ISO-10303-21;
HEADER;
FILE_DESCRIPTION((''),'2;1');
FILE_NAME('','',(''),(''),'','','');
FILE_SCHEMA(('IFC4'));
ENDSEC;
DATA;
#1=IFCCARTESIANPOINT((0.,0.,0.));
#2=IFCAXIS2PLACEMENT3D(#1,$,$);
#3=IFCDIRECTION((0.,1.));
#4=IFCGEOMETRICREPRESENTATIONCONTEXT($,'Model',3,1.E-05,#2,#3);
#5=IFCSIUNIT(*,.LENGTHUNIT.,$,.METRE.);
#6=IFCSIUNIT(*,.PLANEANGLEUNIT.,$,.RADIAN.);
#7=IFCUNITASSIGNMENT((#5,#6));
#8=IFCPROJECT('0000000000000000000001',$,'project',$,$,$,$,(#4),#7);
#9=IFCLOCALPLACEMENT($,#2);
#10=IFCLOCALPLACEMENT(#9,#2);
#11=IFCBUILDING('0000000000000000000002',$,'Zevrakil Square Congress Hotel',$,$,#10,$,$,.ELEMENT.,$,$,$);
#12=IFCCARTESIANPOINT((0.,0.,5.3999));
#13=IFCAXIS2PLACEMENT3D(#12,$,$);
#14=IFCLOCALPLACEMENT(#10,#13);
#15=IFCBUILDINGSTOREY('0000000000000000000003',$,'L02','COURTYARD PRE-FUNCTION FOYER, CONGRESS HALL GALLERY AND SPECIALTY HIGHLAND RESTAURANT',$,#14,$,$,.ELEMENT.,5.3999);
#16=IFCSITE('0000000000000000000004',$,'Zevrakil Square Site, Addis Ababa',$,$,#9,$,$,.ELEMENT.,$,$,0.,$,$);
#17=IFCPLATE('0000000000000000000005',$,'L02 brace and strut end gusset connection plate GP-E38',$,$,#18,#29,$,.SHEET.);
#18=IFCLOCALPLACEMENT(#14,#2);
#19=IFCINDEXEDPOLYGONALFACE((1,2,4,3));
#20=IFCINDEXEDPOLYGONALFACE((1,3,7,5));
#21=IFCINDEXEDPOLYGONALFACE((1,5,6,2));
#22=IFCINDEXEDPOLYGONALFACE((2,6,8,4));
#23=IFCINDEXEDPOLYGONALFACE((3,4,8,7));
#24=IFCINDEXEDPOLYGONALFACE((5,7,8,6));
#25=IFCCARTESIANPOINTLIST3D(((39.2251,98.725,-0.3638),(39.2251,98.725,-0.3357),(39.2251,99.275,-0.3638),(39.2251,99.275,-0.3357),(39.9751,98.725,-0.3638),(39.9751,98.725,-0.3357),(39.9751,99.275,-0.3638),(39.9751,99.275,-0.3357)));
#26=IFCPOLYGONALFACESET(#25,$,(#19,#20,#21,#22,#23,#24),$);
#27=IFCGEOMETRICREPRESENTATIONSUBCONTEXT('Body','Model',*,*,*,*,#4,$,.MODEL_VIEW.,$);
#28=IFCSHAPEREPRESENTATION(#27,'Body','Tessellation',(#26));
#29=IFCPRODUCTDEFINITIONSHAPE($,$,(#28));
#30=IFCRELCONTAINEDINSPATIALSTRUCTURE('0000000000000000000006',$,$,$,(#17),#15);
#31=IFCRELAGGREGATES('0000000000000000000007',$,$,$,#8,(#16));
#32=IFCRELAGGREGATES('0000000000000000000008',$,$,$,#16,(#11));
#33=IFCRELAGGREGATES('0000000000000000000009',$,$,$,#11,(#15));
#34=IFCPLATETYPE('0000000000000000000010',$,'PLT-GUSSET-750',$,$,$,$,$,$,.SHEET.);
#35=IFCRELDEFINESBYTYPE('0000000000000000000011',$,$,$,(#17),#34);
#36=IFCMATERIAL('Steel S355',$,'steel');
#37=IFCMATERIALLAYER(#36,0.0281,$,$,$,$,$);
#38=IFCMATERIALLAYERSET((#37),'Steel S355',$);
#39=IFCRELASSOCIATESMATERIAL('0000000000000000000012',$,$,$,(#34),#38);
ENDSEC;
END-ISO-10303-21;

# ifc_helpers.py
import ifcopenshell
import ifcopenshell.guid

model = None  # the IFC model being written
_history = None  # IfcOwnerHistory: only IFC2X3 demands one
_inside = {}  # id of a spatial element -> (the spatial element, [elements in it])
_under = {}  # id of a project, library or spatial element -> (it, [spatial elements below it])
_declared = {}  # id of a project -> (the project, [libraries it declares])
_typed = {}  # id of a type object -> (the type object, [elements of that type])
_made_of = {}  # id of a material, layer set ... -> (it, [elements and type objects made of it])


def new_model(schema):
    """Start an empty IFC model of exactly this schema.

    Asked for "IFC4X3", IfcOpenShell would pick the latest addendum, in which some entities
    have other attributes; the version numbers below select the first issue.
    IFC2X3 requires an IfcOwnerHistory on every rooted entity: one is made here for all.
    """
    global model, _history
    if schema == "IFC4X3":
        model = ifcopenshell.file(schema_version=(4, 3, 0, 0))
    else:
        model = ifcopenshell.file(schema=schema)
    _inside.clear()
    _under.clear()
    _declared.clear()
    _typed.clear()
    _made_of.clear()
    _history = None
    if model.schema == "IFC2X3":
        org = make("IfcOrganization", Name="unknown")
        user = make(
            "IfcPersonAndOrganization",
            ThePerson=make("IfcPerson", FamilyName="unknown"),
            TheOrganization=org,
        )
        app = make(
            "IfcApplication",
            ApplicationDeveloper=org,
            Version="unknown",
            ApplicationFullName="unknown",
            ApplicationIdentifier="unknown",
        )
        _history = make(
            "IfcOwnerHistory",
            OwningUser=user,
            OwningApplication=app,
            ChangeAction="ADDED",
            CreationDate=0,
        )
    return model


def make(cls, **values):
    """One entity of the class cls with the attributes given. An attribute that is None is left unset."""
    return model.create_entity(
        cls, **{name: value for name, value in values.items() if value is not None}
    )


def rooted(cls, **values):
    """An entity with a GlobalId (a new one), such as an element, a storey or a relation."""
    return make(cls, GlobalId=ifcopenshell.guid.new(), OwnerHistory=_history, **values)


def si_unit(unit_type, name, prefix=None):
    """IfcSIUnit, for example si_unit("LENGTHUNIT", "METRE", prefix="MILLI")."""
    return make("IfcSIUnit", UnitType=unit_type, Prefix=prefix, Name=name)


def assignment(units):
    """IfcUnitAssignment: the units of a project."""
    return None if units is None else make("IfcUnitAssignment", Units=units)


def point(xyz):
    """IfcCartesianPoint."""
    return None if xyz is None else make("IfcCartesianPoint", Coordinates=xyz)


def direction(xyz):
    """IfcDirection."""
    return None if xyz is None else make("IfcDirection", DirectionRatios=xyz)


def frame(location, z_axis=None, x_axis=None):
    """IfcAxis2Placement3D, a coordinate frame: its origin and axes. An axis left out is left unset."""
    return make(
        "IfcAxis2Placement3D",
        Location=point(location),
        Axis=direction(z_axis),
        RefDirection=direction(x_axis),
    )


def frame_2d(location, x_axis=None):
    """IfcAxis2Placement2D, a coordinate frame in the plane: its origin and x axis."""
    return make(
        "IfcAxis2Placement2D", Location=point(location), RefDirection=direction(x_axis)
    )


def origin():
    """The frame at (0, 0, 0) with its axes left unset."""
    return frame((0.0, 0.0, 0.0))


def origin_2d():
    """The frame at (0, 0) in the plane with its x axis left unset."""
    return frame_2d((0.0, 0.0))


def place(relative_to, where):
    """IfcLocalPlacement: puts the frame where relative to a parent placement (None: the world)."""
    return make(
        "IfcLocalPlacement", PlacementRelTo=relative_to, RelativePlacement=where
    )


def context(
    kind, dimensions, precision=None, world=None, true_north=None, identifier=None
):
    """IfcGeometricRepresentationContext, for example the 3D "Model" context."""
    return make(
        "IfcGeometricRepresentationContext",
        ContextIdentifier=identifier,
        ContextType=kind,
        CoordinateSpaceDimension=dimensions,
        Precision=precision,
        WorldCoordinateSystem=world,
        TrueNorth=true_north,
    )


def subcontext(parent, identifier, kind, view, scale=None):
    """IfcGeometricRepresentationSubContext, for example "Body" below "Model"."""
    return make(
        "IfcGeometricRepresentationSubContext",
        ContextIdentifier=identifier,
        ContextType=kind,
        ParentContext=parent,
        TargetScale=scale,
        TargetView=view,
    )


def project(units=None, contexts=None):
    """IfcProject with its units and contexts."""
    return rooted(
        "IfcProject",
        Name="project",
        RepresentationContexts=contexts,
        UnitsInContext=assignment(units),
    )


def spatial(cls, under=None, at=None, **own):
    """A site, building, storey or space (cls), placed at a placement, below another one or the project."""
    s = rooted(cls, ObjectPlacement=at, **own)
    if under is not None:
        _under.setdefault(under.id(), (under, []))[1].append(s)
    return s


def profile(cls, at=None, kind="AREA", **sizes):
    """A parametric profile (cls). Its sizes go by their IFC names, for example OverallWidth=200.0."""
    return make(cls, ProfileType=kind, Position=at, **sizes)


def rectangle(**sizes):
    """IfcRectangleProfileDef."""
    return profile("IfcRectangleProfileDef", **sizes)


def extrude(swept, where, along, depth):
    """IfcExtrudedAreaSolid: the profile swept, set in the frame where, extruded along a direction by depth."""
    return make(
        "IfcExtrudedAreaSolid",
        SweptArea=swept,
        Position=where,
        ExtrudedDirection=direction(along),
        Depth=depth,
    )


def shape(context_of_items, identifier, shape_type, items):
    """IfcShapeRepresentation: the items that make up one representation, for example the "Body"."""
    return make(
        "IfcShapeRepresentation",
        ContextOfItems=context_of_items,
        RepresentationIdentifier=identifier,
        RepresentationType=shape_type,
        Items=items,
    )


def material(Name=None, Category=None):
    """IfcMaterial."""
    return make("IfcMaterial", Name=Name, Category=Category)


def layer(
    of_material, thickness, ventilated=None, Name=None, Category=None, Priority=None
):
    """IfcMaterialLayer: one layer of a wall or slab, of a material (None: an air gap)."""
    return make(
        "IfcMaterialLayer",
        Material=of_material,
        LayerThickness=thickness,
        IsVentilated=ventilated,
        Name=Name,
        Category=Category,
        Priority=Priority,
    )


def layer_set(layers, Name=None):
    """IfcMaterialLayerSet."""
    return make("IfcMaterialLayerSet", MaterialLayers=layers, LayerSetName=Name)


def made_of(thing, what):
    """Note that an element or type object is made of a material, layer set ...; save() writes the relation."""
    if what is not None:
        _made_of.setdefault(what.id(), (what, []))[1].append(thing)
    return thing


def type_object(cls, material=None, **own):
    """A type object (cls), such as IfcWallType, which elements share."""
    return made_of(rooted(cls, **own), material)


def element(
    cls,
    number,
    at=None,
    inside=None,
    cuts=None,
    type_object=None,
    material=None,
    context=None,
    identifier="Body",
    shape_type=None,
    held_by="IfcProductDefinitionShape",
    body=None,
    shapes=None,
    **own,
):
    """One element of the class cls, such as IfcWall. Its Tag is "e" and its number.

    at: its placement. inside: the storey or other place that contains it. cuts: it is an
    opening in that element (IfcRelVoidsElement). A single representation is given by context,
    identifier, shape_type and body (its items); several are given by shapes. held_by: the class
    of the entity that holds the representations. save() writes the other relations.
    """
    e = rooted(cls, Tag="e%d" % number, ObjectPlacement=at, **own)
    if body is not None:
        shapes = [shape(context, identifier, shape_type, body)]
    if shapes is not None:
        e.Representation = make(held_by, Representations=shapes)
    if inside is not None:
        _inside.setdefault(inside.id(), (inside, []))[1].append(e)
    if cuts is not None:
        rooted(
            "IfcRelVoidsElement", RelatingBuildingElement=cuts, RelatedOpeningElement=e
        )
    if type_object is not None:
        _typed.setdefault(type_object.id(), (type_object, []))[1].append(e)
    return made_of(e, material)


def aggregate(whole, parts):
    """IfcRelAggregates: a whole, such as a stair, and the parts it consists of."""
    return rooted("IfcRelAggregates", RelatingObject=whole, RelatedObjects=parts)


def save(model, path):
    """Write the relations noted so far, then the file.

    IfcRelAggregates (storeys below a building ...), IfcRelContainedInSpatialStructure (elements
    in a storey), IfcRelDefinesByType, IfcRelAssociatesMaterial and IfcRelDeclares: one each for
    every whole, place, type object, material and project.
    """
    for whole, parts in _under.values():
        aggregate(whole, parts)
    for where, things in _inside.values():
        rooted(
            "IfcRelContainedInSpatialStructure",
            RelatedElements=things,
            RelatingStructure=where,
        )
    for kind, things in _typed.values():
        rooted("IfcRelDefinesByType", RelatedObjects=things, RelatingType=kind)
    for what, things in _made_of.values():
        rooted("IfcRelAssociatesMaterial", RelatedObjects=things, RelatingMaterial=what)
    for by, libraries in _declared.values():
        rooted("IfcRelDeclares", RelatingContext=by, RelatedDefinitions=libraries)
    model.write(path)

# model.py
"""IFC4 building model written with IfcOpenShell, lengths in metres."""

from ifc_helpers import new_model, si_unit, direction, frame, origin, origin_2d, place, context, subcontext, project, spatial, rectangle, extrude, material, layer, layer_set, type_object, element, save


model = new_model("IFC4")

# Units and contexts
model_context = context("Model", 3, precision=1e-05, world=origin(), true_north=direction((0.0, 1.0)))
body_context = subcontext(model_context, "Body", "Model", "MODEL_VIEW")
ifc_project = project(units=[si_unit("LENGTHUNIT", "METRE"), si_unit("PLANEANGLEUNIT", "RADIAN")], contexts=[model_context])

# Site, building, storey
site_placement = place(None, origin())
site = spatial("IfcSite", under=ifc_project, at=site_placement, Name="Zevrakil Square Site, Addis Ababa", CompositionType="ELEMENT", RefElevation=0.0)
building_placement = place(site_placement, origin())
building = spatial("IfcBuilding", under=site, at=building_placement, Name="Zevrakil Square Congress Hotel", CompositionType="ELEMENT")
storey_placement = place(building_placement, frame((0.0, 0.0, 5.3999)))
storey = spatial("IfcBuildingStorey", under=building, at=storey_placement, Name="L02", Description="COURTYARD PRE-FUNCTION FOYER, CONGRESS HALL GALLERY AND SPECIALTY HIGHLAND RESTAURANT", CompositionType="ELEMENT", Elevation=5.3999)

# Plate
ifc_material_1 = material(Name="Steel S355", Category="steel")
ifc_layer = layer(ifc_material_1, 0.0281)
ifc_layer_set = layer_set([ifc_layer], Name="Steel S355")
plate_type = type_object("IfcPlateType", Name="PLT-GUSSET-750", PredefinedType="SHEET", material=ifc_layer_set)
for number, where, z_axis, x_axis, name in (
    (1, (39.6001, 99.0, -0.3638), (0.0, 0.0, 1.0), (1.0, 0.0, 0.0), "L02 brace and strut end gusset connection plate GP-E38"),
):
    element("IfcPlate", number, at=place(storey_placement, frame(where, z_axis=z_axis, x_axis=x_axis)), inside=storey, type_object=plate_type, Name=name, PredefinedType="SHEET", context=body_context, shape_type="SweptSolid", body=[
        extrude(rectangle(XDim=0.75, YDim=0.55, at=origin_2d()), origin(), (0.0, 0.0, 1.0), 0.0281),
    ])

save(model, "model.ifc")
